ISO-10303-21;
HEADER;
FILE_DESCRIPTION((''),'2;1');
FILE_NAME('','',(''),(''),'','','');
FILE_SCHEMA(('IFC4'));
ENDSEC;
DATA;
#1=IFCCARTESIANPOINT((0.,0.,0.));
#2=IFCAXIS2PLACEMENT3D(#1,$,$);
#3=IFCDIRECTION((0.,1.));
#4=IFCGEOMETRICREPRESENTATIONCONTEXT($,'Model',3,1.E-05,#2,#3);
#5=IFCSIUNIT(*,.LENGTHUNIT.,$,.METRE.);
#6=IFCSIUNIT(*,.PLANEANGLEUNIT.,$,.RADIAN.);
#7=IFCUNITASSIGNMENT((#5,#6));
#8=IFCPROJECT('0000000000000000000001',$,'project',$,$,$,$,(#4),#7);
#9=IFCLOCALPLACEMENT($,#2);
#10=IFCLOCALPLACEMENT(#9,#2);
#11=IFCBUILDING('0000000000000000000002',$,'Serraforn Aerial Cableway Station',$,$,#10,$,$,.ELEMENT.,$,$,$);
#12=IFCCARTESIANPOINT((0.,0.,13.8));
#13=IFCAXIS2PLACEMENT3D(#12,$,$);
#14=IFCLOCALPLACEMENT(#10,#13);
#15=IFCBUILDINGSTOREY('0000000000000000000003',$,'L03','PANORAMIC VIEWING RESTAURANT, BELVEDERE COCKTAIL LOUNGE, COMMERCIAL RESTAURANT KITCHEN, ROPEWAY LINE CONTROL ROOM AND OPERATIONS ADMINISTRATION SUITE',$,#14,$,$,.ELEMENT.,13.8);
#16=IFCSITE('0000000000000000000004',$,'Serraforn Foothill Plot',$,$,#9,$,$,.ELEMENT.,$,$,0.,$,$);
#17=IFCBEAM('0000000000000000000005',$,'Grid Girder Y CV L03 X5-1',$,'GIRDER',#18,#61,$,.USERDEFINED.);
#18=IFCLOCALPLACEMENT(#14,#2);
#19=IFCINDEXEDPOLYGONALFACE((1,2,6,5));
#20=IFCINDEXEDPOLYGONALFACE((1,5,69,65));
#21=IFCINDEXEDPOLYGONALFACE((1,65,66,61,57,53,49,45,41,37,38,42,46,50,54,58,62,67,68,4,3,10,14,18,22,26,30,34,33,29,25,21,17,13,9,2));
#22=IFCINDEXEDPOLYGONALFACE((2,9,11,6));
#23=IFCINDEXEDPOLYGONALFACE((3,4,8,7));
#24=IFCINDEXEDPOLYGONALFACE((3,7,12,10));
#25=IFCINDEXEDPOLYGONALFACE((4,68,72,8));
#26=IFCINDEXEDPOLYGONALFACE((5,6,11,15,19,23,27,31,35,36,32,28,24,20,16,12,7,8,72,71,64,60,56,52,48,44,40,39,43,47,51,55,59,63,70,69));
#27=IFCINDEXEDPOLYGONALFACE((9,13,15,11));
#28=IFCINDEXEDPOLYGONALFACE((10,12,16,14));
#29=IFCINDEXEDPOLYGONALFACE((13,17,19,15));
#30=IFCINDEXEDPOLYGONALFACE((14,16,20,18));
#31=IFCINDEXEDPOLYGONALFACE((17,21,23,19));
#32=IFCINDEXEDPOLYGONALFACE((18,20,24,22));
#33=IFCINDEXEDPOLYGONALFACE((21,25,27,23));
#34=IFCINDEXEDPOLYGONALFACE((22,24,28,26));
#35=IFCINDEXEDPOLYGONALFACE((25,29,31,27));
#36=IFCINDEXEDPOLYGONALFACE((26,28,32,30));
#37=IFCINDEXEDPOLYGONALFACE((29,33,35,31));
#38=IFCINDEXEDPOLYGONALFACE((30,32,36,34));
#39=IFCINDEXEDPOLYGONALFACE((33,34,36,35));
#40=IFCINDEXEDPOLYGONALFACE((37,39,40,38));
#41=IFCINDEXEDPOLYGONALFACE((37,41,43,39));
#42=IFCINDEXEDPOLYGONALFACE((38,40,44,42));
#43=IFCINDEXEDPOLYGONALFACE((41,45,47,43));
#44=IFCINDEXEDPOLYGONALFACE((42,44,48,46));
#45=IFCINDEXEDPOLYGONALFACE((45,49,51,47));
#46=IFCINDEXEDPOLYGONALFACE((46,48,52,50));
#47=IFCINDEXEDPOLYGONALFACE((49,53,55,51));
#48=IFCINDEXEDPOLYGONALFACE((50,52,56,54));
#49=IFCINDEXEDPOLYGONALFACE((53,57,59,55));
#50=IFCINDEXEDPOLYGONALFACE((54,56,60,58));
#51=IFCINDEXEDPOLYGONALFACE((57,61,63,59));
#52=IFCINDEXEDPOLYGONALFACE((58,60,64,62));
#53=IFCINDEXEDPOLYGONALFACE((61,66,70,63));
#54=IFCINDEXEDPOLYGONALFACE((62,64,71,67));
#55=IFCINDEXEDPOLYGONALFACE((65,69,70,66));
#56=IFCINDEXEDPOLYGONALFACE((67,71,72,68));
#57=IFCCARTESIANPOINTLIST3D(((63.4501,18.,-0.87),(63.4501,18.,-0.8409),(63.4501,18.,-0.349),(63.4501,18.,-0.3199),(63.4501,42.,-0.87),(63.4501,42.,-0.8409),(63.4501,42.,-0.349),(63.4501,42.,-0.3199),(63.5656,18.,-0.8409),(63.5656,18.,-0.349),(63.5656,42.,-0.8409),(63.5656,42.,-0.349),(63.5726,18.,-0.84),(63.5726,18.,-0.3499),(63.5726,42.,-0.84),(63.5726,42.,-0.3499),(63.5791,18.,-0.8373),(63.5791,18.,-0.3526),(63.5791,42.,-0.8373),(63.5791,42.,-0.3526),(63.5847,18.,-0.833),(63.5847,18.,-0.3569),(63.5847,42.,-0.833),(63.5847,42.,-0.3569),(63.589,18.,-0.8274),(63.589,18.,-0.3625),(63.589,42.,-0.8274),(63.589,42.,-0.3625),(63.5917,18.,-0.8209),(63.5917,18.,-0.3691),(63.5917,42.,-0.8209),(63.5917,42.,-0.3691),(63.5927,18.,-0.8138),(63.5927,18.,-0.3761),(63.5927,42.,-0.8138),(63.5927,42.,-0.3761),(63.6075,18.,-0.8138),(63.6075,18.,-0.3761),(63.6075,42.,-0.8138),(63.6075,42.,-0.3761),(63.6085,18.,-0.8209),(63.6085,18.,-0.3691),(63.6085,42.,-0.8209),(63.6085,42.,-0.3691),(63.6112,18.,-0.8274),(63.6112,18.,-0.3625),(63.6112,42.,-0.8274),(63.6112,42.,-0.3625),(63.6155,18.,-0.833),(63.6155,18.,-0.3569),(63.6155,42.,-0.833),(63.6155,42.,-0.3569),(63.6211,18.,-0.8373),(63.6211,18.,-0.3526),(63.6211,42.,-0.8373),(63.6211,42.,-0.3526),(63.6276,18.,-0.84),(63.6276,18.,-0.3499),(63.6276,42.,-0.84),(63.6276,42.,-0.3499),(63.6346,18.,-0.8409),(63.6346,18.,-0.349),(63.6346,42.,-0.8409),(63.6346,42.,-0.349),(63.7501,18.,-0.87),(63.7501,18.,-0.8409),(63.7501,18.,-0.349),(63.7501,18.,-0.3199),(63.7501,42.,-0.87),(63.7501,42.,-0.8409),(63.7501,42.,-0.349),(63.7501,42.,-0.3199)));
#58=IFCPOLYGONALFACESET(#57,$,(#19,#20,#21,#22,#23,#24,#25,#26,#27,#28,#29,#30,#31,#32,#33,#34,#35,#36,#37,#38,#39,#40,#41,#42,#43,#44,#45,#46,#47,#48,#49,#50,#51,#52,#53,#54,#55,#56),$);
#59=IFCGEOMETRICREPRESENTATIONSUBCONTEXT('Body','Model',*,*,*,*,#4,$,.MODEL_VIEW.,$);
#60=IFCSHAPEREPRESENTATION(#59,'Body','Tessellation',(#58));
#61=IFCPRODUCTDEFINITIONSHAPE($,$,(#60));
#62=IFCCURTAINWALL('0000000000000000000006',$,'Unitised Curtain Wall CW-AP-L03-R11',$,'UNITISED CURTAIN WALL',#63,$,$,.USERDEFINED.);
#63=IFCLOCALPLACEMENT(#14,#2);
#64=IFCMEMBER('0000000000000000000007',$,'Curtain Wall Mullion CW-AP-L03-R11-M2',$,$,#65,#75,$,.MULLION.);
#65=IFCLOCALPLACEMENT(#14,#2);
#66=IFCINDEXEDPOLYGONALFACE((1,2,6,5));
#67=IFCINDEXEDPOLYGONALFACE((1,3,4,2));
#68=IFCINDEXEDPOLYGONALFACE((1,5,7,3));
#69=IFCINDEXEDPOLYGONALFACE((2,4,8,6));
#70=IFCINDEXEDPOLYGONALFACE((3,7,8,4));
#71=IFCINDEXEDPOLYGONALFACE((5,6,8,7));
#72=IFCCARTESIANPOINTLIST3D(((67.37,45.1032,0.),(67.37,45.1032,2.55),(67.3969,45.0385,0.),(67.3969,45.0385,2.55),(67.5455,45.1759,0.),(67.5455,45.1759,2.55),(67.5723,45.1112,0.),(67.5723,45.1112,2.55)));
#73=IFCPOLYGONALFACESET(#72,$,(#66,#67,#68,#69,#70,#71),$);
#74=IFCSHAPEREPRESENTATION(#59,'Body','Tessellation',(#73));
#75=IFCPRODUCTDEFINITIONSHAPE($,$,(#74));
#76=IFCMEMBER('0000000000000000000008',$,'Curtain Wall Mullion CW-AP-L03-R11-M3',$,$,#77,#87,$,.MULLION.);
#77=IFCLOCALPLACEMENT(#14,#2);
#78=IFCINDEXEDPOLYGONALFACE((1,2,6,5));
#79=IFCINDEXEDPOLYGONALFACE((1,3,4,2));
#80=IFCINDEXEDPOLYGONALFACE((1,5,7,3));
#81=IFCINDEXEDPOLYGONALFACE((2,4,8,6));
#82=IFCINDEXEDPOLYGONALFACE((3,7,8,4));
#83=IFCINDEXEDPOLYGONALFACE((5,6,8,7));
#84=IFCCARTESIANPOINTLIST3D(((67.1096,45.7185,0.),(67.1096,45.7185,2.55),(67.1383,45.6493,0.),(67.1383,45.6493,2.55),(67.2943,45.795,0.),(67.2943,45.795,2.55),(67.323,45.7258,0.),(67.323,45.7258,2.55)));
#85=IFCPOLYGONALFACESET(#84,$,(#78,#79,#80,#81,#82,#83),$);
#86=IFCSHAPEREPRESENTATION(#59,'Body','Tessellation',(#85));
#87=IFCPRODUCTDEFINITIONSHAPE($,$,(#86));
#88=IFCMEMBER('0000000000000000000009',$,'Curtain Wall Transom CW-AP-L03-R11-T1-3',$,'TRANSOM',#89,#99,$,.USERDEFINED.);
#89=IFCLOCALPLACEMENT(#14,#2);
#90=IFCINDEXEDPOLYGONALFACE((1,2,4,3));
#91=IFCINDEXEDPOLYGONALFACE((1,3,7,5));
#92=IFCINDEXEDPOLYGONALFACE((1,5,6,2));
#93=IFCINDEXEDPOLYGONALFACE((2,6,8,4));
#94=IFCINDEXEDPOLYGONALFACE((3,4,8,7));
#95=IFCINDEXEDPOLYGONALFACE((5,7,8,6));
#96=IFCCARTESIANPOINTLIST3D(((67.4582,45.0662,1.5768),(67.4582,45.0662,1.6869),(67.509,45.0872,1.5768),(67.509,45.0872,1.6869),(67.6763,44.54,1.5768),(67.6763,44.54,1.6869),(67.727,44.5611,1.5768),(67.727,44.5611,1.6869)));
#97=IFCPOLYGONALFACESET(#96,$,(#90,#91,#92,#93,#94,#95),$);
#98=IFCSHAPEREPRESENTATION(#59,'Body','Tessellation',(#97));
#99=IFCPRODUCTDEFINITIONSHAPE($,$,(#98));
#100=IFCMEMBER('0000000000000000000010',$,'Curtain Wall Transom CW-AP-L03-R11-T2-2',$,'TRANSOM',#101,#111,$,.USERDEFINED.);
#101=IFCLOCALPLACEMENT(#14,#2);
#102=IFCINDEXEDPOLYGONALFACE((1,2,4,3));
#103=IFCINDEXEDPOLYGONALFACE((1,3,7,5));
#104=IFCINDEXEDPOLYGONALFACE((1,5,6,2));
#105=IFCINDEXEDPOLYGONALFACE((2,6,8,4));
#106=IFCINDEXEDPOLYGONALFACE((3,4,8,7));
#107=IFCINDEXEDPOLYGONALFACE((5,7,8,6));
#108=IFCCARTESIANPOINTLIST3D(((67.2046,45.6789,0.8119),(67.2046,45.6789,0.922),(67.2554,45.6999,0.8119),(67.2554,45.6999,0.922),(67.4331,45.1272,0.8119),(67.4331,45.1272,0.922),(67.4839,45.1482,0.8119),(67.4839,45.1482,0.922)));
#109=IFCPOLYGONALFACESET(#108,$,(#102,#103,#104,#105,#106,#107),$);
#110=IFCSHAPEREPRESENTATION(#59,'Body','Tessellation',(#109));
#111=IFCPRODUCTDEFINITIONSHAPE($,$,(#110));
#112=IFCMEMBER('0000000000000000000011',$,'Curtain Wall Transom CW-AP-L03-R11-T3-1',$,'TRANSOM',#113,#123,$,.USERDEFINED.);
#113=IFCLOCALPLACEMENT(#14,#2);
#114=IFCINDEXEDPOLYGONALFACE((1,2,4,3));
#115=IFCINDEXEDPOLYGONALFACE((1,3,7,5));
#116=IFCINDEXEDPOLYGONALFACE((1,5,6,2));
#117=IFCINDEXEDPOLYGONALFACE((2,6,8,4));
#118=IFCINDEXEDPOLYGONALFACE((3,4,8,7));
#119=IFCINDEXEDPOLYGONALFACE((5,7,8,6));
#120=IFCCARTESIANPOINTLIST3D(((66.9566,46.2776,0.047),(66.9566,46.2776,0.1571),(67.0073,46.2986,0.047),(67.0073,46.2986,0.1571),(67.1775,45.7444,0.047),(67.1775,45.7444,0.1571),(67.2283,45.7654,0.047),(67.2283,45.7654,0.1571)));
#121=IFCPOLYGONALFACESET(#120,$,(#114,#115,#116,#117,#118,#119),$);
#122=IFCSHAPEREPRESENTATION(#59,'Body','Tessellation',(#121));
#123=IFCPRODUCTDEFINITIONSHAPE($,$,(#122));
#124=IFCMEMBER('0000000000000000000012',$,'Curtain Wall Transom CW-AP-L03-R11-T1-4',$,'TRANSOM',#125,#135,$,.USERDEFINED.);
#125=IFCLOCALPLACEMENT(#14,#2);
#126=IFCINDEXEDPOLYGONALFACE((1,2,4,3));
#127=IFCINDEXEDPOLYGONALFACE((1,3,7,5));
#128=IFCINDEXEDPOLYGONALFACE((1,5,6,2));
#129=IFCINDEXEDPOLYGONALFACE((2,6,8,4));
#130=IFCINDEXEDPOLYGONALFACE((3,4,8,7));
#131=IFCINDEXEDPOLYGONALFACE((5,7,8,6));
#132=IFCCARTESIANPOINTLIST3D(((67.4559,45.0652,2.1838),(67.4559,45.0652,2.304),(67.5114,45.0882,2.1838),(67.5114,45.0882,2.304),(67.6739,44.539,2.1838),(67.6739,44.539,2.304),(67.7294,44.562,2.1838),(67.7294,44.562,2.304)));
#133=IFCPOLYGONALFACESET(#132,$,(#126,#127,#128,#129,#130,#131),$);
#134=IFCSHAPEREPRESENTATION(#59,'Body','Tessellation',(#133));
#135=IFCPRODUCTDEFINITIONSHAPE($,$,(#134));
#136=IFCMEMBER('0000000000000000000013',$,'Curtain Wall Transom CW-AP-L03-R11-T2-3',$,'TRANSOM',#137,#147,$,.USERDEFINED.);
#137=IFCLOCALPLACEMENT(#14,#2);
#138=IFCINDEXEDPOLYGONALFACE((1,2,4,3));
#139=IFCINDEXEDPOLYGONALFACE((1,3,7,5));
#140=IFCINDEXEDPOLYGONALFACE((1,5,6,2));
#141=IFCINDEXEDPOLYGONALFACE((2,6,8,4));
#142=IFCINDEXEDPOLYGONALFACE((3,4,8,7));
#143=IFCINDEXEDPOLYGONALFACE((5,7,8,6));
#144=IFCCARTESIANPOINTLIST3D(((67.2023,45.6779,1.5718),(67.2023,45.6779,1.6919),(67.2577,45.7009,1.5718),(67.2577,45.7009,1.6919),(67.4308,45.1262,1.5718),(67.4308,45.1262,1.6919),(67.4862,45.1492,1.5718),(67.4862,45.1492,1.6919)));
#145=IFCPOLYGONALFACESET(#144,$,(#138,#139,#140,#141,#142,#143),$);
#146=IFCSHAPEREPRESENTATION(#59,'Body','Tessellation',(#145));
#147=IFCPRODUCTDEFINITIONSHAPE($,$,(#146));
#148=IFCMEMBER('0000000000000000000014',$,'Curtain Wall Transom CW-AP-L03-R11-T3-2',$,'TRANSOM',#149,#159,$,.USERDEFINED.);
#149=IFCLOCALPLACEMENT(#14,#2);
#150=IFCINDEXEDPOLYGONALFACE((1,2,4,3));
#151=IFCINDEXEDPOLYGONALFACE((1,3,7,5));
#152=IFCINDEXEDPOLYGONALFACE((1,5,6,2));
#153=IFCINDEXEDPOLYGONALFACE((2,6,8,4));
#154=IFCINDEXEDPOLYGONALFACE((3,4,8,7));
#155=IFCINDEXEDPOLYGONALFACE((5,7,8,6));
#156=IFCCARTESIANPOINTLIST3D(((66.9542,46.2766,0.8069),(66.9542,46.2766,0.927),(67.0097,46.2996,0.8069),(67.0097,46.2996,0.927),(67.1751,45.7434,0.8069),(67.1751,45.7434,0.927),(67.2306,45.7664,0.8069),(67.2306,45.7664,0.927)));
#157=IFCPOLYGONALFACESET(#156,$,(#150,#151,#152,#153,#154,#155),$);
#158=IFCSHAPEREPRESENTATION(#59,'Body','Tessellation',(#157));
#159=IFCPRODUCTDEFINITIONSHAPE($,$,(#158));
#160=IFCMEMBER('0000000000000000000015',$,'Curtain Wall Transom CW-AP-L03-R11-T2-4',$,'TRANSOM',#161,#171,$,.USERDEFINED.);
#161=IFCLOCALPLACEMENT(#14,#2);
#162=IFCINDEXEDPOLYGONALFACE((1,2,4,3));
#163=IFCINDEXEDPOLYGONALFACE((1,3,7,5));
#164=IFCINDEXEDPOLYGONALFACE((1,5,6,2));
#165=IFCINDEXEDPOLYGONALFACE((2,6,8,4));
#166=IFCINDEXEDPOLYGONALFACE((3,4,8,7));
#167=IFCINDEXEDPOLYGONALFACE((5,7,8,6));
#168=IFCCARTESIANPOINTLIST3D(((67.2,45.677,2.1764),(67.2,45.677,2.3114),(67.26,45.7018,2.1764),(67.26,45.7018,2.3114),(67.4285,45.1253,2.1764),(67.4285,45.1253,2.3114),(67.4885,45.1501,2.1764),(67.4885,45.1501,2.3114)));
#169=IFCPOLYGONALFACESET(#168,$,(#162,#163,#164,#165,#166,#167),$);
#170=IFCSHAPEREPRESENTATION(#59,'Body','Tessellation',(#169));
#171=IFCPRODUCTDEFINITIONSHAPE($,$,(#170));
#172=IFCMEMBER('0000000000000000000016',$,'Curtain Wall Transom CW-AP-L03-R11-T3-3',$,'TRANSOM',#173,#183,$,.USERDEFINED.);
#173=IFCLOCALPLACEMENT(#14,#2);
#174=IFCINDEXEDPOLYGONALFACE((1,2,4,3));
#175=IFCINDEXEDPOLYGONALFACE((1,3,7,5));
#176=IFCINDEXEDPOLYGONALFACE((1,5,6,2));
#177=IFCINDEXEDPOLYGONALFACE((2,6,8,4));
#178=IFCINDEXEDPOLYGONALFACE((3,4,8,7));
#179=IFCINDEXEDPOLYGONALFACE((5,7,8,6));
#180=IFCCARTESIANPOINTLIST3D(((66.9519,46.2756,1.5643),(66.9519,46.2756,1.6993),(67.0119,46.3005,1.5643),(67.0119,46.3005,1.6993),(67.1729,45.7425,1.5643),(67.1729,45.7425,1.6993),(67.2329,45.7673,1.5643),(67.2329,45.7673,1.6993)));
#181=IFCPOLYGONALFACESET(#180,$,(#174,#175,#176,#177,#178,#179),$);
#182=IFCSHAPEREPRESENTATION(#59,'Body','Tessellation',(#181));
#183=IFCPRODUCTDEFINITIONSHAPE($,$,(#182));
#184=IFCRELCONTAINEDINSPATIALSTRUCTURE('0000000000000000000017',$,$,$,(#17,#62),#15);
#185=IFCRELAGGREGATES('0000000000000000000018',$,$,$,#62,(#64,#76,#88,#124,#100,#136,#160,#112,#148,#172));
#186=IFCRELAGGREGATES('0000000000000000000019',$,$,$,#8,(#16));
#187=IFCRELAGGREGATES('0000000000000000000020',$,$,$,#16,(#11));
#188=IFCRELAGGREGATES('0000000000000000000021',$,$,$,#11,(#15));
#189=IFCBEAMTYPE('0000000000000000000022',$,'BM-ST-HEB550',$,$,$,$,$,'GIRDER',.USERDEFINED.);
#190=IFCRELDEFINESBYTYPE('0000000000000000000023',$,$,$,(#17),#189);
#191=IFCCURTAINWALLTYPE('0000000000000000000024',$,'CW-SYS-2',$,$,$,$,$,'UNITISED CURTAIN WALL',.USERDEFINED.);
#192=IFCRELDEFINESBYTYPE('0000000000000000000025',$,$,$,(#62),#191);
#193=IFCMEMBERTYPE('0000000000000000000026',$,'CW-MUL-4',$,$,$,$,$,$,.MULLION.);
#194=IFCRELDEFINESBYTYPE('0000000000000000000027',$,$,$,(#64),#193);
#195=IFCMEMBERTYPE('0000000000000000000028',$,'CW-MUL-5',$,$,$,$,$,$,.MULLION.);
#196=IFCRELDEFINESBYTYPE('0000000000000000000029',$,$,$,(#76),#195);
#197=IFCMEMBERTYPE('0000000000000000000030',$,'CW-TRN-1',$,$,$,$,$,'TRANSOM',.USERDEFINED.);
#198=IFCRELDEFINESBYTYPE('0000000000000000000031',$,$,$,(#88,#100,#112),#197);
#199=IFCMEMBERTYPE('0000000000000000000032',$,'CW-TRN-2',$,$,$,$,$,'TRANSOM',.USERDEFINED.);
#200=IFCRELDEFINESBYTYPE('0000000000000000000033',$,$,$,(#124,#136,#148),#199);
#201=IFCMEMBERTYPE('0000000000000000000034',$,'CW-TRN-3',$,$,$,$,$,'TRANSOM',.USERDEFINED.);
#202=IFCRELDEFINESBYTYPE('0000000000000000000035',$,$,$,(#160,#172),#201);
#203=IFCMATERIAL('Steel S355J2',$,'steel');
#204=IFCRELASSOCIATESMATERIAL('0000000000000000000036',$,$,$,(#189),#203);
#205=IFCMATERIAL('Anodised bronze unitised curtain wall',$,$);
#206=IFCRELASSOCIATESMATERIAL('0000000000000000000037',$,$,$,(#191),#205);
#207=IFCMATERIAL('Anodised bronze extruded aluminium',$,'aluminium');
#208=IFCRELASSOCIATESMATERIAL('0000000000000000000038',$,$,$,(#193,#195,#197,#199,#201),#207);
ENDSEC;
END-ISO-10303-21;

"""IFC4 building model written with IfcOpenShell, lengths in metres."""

from ifc_helpers import new_model, si_unit, direction, frame, origin, origin_2d, place, context, subcontext, project, spatial, rectangle, i_section, extrude, material, material_profile, profile_set, type_object, element, aggregate, save


model = new_model("IFC4")

# Units and contexts
model_context = context("Model", 3, precision=1e-05, world=origin(), true_north=direction((0.0, 1.0)))
body_context = subcontext(model_context, "Body", "Model", "MODEL_VIEW")
ifc_project = project(units=[si_unit("LENGTHUNIT", "METRE"), si_unit("PLANEANGLEUNIT", "RADIAN")], contexts=[model_context])

# Site, building, storey
site_placement = place(None, origin())
site = spatial("IfcSite", under=ifc_project, at=site_placement, Name="Serraforn Foothill Plot", CompositionType="ELEMENT", RefElevation=0.0)
building_placement = place(site_placement, origin())
building = spatial("IfcBuilding", under=site, at=building_placement, Name="Serraforn Aerial Cableway Station", CompositionType="ELEMENT")
storey_placement = place(building_placement, frame((0.0, 0.0, 13.8)))
storey = spatial("IfcBuildingStorey", under=building, at=storey_placement, Name="L03", Description="PANORAMIC VIEWING RESTAURANT, BELVEDERE COCKTAIL LOUNGE, COMMERCIAL RESTAURANT KITCHEN, ROPEWAY LINE CONTROL ROOM AND OPERATIONS ADMINISTRATION SUITE", CompositionType="ELEMENT", Elevation=13.8)

# Beam
ifc_material_1 = material(Name="Steel S355J2", Category="steel")
ifc_material_profile_1 = material_profile(ifc_material_1, i_section(OverallWidth=0.3, OverallDepth=0.55, WebThickness=0.0149, FlangeThickness=0.0291, FilletRadius=0.0271, at=origin_2d()), Name="HEB 550")
ifc_profile_set_1 = profile_set([ifc_material_profile_1], Name="Steel S355J2")
beam_type = type_object("IfcBeamType", Name="BM-ST-HEB550", ElementType="GIRDER", PredefinedType="USERDEFINED", material=ifc_profile_set_1)
beam_placement = place(storey_placement, frame((63.6001, 18.0, -0.595), z_axis=(0.0, 1.0, 0.0), x_axis=(-1.0, 0.0, 0.0)))
element("IfcBeam", 1, at=beam_placement, inside=storey, type_object=beam_type, Name="Grid Girder Y CV L03 X5-1", ObjectType="GIRDER", PredefinedType="USERDEFINED", context=body_context, shape_type="SweptSolid", body=[
    extrude(i_section(OverallWidth=0.3, OverallDepth=0.55, WebThickness=0.0149, FlangeThickness=0.0291, FilletRadius=0.0271, at=origin_2d()), origin(), (0.0, 0.0, 1.0), 24.0),
])

# Curtain wall, members
ifc_material_2 = material(Name="Anodised bronze unitised curtain wall")
curtain_wall_type = type_object("IfcCurtainWallType", Name="CW-SYS-2", ElementType="UNITISED CURTAIN WALL", PredefinedType="USERDEFINED", material=ifc_material_2)
curtain_wall_placement = place(storey_placement, origin())
curtain_wall = element("IfcCurtainWall", 2, at=curtain_wall_placement, inside=storey, type_object=curtain_wall_type, Name="Unitised Curtain Wall CW-AP-L03-R11", ObjectType="UNITISED CURTAIN WALL", PredefinedType="USERDEFINED")
ifc_material_3 = material(Name="Anodised bronze extruded aluminium", Category="aluminium")
ifc_material_profile_2 = material_profile(ifc_material_3, rectangle(XDim=0.0701, YDim=0.1899, at=origin_2d()), Name="CW MULLION 70x190")
ifc_profile_set_2 = profile_set([ifc_material_profile_2], Name="Anodised bronze extruded aluminium")
member_type_1 = type_object("IfcMemberType", Name="CW-MUL-4", PredefinedType="MULLION", material=ifc_profile_set_2)
member_1_placement = place(storey_placement, frame((67.4712, 45.1072, 0.0), z_axis=(0.0, 0.0, 1.0), x_axis=(-0.382666, 0.923887, 0.0)))
member_1 = element("IfcMember", 3, at=member_1_placement, type_object=member_type_1, Name="Curtain Wall Mullion CW-AP-L03-R11-M2", PredefinedType="MULLION", context=body_context, shape_type="SweptSolid", body=[
    extrude(rectangle(XDim=0.0701, YDim=0.1899, at=origin_2d()), origin(), (0.0, 0.0, 1.0), 2.55),
])
ifc_material_profile_3 = material_profile(ifc_material_3, rectangle(XDim=0.075, YDim=0.2, at=origin_2d()), Name="CW MULLION 75x200")
ifc_profile_set_3 = profile_set([ifc_material_profile_3], Name="Anodised bronze extruded aluminium")
member_type_2 = type_object("IfcMemberType", Name="CW-MUL-5", PredefinedType="MULLION", material=ifc_profile_set_3)
member_2_placement = place(storey_placement, frame((67.2163, 45.7222, 0.0), z_axis=(0.0, 0.0, 1.0), x_axis=(-0.382666, 0.923887, 0.0)))
member_2 = element("IfcMember", 4, at=member_2_placement, type_object=member_type_2, Name="Curtain Wall Mullion CW-AP-L03-R11-M3", PredefinedType="MULLION", context=body_context, shape_type="SweptSolid", body=[
    extrude(rectangle(XDim=0.075, YDim=0.2, at=origin_2d()), origin(), (0.0, 0.0, 1.0), 2.55),
])
ifc_material_profile_4 = material_profile(ifc_material_3, rectangle(XDim=0.0549, YDim=0.1101, at=origin_2d()), Name="CW TRANSOM 55x110")
ifc_profile_set_4 = profile_set([ifc_material_profile_4], Name="Anodised bronze extruded aluminium")
member_type_3 = type_object("IfcMemberType", Name="CW-TRN-1", ElementType="TRANSOM", PredefinedType="USERDEFINED", material=ifc_profile_set_4)
member_3_placement = place(storey_placement, frame((67.7017, 44.5505, 1.6318), z_axis=(-0.382819, 0.923823, 0.0), x_axis=(-0.923823, -0.382819, 0.0)))
member_3 = element("IfcMember", 5, at=member_3_placement, type_object=member_type_3, Name="Curtain Wall Transom CW-AP-L03-R11-T1-3", ObjectType="TRANSOM", PredefinedType="USERDEFINED", context=body_context, shape_type="SweptSolid", body=[
    extrude(rectangle(XDim=0.0549, YDim=0.1101, at=origin_2d()), origin(), (0.0, 0.0, 1.0), 0.5696),
])
member_4_placement = place(storey_placement, frame((67.4585, 45.1377, 0.8669), z_axis=(-0.382641, 0.923897, 0.0), x_axis=(-0.923897, -0.382641, 0.0)))
member_4 = element("IfcMember", 6, at=member_4_placement, type_object=member_type_3, Name="Curtain Wall Transom CW-AP-L03-R11-T2-2", ObjectType="TRANSOM", PredefinedType="USERDEFINED", context=body_context, shape_type="SweptSolid", body=[
    extrude(rectangle(XDim=0.0549, YDim=0.1101, at=origin_2d()), origin(), (0.0, 0.0, 1.0), 0.5972),
])
member_5_placement = place(storey_placement, frame((67.2029, 45.7549, 0.1021), z_axis=(-0.382813, 0.923826, 0.0), x_axis=(-0.923826, -0.382813, 0.0)))
member_5 = element("IfcMember", 7, at=member_5_placement, type_object=member_type_3, Name="Curtain Wall Transom CW-AP-L03-R11-T3-1", ObjectType="TRANSOM", PredefinedType="USERDEFINED", context=body_context, shape_type="SweptSolid", body=[
    extrude(rectangle(XDim=0.0549, YDim=0.1101, at=origin_2d()), origin(), (0.0, 0.0, 1.0), 0.5771),
])
ifc_material_profile_5 = material_profile(ifc_material_3, rectangle(XDim=0.0601, YDim=0.1201, at=origin_2d()), Name="CW TRANSOM 60x120")
ifc_profile_set_5 = profile_set([ifc_material_profile_5], Name="Anodised bronze extruded aluminium")
member_type_4 = type_object("IfcMemberType", Name="CW-TRN-2", ElementType="TRANSOM", PredefinedType="USERDEFINED", material=ifc_profile_set_5)
member_6_placement = place(storey_placement, frame((67.7017, 44.5505, 2.2439), z_axis=(-0.382819, 0.923823, 0.0), x_axis=(-0.923823, -0.382819, 0.0)))
member_6 = element("IfcMember", 8, at=member_6_placement, type_object=member_type_4, Name="Curtain Wall Transom CW-AP-L03-R11-T1-4", ObjectType="TRANSOM", PredefinedType="USERDEFINED", context=body_context, shape_type="SweptSolid", body=[
    extrude(rectangle(XDim=0.0601, YDim=0.1201, at=origin_2d()), origin(), (0.0, 0.0, 1.0), 0.5696),
])
member_7_placement = place(storey_placement, frame((67.4585, 45.1377, 1.6318), z_axis=(-0.382641, 0.923897, 0.0), x_axis=(-0.923897, -0.382641, 0.0)))
member_7 = element("IfcMember", 9, at=member_7_placement, type_object=member_type_4, Name="Curtain Wall Transom CW-AP-L03-R11-T2-3", ObjectType="TRANSOM", PredefinedType="USERDEFINED", context=body_context, shape_type="SweptSolid", body=[
    extrude(rectangle(XDim=0.0601, YDim=0.1201, at=origin_2d()), origin(), (0.0, 0.0, 1.0), 0.5972),
])
member_8_placement = place(storey_placement, frame((67.2029, 45.7549, 0.8669), z_axis=(-0.382813, 0.923826, 0.0), x_axis=(-0.923826, -0.382813, 0.0)))
member_8 = element("IfcMember", 10, at=member_8_placement, type_object=member_type_4, Name="Curtain Wall Transom CW-AP-L03-R11-T3-2", ObjectType="TRANSOM", PredefinedType="USERDEFINED", context=body_context, shape_type="SweptSolid", body=[
    extrude(rectangle(XDim=0.0601, YDim=0.1201, at=origin_2d()), origin(), (0.0, 0.0, 1.0), 0.5771),
])
ifc_material_profile_6 = material_profile(ifc_material_3, rectangle(XDim=0.0649, YDim=0.135, at=origin_2d()), Name="CW TRANSOM 65x135")
ifc_profile_set_6 = profile_set([ifc_material_profile_6], Name="Anodised bronze extruded aluminium")
member_type_5 = type_object("IfcMemberType", Name="CW-TRN-3", ElementType="TRANSOM", PredefinedType="USERDEFINED", material=ifc_profile_set_6)
member_9_placement = place(storey_placement, frame((67.4585, 45.1377, 2.2439), z_axis=(-0.382641, 0.923897, 0.0), x_axis=(-0.923897, -0.382641, 0.0)))
member_9 = element("IfcMember", 11, at=member_9_placement, type_object=member_type_5, Name="Curtain Wall Transom CW-AP-L03-R11-T2-4", ObjectType="TRANSOM", PredefinedType="USERDEFINED", context=body_context, shape_type="SweptSolid", body=[
    extrude(rectangle(XDim=0.0649, YDim=0.135, at=origin_2d()), origin(), (0.0, 0.0, 1.0), 0.5972),
])
member_10_placement = place(storey_placement, frame((67.2029, 45.7549, 1.6318), z_axis=(-0.382813, 0.923826, 0.0), x_axis=(-0.923826, -0.382813, 0.0)))
member_10 = element("IfcMember", 12, at=member_10_placement, type_object=member_type_5, Name="Curtain Wall Transom CW-AP-L03-R11-T3-3", ObjectType="TRANSOM", PredefinedType="USERDEFINED", context=body_context, shape_type="SweptSolid", body=[
    extrude(rectangle(XDim=0.0649, YDim=0.135, at=origin_2d()), origin(), (0.0, 0.0, 1.0), 0.5771),
])
aggregate(curtain_wall, [member_1, member_2, member_3, member_6, member_4, member_7, member_9, member_5, member_8, member_10])

save(model, "model.ifc")
